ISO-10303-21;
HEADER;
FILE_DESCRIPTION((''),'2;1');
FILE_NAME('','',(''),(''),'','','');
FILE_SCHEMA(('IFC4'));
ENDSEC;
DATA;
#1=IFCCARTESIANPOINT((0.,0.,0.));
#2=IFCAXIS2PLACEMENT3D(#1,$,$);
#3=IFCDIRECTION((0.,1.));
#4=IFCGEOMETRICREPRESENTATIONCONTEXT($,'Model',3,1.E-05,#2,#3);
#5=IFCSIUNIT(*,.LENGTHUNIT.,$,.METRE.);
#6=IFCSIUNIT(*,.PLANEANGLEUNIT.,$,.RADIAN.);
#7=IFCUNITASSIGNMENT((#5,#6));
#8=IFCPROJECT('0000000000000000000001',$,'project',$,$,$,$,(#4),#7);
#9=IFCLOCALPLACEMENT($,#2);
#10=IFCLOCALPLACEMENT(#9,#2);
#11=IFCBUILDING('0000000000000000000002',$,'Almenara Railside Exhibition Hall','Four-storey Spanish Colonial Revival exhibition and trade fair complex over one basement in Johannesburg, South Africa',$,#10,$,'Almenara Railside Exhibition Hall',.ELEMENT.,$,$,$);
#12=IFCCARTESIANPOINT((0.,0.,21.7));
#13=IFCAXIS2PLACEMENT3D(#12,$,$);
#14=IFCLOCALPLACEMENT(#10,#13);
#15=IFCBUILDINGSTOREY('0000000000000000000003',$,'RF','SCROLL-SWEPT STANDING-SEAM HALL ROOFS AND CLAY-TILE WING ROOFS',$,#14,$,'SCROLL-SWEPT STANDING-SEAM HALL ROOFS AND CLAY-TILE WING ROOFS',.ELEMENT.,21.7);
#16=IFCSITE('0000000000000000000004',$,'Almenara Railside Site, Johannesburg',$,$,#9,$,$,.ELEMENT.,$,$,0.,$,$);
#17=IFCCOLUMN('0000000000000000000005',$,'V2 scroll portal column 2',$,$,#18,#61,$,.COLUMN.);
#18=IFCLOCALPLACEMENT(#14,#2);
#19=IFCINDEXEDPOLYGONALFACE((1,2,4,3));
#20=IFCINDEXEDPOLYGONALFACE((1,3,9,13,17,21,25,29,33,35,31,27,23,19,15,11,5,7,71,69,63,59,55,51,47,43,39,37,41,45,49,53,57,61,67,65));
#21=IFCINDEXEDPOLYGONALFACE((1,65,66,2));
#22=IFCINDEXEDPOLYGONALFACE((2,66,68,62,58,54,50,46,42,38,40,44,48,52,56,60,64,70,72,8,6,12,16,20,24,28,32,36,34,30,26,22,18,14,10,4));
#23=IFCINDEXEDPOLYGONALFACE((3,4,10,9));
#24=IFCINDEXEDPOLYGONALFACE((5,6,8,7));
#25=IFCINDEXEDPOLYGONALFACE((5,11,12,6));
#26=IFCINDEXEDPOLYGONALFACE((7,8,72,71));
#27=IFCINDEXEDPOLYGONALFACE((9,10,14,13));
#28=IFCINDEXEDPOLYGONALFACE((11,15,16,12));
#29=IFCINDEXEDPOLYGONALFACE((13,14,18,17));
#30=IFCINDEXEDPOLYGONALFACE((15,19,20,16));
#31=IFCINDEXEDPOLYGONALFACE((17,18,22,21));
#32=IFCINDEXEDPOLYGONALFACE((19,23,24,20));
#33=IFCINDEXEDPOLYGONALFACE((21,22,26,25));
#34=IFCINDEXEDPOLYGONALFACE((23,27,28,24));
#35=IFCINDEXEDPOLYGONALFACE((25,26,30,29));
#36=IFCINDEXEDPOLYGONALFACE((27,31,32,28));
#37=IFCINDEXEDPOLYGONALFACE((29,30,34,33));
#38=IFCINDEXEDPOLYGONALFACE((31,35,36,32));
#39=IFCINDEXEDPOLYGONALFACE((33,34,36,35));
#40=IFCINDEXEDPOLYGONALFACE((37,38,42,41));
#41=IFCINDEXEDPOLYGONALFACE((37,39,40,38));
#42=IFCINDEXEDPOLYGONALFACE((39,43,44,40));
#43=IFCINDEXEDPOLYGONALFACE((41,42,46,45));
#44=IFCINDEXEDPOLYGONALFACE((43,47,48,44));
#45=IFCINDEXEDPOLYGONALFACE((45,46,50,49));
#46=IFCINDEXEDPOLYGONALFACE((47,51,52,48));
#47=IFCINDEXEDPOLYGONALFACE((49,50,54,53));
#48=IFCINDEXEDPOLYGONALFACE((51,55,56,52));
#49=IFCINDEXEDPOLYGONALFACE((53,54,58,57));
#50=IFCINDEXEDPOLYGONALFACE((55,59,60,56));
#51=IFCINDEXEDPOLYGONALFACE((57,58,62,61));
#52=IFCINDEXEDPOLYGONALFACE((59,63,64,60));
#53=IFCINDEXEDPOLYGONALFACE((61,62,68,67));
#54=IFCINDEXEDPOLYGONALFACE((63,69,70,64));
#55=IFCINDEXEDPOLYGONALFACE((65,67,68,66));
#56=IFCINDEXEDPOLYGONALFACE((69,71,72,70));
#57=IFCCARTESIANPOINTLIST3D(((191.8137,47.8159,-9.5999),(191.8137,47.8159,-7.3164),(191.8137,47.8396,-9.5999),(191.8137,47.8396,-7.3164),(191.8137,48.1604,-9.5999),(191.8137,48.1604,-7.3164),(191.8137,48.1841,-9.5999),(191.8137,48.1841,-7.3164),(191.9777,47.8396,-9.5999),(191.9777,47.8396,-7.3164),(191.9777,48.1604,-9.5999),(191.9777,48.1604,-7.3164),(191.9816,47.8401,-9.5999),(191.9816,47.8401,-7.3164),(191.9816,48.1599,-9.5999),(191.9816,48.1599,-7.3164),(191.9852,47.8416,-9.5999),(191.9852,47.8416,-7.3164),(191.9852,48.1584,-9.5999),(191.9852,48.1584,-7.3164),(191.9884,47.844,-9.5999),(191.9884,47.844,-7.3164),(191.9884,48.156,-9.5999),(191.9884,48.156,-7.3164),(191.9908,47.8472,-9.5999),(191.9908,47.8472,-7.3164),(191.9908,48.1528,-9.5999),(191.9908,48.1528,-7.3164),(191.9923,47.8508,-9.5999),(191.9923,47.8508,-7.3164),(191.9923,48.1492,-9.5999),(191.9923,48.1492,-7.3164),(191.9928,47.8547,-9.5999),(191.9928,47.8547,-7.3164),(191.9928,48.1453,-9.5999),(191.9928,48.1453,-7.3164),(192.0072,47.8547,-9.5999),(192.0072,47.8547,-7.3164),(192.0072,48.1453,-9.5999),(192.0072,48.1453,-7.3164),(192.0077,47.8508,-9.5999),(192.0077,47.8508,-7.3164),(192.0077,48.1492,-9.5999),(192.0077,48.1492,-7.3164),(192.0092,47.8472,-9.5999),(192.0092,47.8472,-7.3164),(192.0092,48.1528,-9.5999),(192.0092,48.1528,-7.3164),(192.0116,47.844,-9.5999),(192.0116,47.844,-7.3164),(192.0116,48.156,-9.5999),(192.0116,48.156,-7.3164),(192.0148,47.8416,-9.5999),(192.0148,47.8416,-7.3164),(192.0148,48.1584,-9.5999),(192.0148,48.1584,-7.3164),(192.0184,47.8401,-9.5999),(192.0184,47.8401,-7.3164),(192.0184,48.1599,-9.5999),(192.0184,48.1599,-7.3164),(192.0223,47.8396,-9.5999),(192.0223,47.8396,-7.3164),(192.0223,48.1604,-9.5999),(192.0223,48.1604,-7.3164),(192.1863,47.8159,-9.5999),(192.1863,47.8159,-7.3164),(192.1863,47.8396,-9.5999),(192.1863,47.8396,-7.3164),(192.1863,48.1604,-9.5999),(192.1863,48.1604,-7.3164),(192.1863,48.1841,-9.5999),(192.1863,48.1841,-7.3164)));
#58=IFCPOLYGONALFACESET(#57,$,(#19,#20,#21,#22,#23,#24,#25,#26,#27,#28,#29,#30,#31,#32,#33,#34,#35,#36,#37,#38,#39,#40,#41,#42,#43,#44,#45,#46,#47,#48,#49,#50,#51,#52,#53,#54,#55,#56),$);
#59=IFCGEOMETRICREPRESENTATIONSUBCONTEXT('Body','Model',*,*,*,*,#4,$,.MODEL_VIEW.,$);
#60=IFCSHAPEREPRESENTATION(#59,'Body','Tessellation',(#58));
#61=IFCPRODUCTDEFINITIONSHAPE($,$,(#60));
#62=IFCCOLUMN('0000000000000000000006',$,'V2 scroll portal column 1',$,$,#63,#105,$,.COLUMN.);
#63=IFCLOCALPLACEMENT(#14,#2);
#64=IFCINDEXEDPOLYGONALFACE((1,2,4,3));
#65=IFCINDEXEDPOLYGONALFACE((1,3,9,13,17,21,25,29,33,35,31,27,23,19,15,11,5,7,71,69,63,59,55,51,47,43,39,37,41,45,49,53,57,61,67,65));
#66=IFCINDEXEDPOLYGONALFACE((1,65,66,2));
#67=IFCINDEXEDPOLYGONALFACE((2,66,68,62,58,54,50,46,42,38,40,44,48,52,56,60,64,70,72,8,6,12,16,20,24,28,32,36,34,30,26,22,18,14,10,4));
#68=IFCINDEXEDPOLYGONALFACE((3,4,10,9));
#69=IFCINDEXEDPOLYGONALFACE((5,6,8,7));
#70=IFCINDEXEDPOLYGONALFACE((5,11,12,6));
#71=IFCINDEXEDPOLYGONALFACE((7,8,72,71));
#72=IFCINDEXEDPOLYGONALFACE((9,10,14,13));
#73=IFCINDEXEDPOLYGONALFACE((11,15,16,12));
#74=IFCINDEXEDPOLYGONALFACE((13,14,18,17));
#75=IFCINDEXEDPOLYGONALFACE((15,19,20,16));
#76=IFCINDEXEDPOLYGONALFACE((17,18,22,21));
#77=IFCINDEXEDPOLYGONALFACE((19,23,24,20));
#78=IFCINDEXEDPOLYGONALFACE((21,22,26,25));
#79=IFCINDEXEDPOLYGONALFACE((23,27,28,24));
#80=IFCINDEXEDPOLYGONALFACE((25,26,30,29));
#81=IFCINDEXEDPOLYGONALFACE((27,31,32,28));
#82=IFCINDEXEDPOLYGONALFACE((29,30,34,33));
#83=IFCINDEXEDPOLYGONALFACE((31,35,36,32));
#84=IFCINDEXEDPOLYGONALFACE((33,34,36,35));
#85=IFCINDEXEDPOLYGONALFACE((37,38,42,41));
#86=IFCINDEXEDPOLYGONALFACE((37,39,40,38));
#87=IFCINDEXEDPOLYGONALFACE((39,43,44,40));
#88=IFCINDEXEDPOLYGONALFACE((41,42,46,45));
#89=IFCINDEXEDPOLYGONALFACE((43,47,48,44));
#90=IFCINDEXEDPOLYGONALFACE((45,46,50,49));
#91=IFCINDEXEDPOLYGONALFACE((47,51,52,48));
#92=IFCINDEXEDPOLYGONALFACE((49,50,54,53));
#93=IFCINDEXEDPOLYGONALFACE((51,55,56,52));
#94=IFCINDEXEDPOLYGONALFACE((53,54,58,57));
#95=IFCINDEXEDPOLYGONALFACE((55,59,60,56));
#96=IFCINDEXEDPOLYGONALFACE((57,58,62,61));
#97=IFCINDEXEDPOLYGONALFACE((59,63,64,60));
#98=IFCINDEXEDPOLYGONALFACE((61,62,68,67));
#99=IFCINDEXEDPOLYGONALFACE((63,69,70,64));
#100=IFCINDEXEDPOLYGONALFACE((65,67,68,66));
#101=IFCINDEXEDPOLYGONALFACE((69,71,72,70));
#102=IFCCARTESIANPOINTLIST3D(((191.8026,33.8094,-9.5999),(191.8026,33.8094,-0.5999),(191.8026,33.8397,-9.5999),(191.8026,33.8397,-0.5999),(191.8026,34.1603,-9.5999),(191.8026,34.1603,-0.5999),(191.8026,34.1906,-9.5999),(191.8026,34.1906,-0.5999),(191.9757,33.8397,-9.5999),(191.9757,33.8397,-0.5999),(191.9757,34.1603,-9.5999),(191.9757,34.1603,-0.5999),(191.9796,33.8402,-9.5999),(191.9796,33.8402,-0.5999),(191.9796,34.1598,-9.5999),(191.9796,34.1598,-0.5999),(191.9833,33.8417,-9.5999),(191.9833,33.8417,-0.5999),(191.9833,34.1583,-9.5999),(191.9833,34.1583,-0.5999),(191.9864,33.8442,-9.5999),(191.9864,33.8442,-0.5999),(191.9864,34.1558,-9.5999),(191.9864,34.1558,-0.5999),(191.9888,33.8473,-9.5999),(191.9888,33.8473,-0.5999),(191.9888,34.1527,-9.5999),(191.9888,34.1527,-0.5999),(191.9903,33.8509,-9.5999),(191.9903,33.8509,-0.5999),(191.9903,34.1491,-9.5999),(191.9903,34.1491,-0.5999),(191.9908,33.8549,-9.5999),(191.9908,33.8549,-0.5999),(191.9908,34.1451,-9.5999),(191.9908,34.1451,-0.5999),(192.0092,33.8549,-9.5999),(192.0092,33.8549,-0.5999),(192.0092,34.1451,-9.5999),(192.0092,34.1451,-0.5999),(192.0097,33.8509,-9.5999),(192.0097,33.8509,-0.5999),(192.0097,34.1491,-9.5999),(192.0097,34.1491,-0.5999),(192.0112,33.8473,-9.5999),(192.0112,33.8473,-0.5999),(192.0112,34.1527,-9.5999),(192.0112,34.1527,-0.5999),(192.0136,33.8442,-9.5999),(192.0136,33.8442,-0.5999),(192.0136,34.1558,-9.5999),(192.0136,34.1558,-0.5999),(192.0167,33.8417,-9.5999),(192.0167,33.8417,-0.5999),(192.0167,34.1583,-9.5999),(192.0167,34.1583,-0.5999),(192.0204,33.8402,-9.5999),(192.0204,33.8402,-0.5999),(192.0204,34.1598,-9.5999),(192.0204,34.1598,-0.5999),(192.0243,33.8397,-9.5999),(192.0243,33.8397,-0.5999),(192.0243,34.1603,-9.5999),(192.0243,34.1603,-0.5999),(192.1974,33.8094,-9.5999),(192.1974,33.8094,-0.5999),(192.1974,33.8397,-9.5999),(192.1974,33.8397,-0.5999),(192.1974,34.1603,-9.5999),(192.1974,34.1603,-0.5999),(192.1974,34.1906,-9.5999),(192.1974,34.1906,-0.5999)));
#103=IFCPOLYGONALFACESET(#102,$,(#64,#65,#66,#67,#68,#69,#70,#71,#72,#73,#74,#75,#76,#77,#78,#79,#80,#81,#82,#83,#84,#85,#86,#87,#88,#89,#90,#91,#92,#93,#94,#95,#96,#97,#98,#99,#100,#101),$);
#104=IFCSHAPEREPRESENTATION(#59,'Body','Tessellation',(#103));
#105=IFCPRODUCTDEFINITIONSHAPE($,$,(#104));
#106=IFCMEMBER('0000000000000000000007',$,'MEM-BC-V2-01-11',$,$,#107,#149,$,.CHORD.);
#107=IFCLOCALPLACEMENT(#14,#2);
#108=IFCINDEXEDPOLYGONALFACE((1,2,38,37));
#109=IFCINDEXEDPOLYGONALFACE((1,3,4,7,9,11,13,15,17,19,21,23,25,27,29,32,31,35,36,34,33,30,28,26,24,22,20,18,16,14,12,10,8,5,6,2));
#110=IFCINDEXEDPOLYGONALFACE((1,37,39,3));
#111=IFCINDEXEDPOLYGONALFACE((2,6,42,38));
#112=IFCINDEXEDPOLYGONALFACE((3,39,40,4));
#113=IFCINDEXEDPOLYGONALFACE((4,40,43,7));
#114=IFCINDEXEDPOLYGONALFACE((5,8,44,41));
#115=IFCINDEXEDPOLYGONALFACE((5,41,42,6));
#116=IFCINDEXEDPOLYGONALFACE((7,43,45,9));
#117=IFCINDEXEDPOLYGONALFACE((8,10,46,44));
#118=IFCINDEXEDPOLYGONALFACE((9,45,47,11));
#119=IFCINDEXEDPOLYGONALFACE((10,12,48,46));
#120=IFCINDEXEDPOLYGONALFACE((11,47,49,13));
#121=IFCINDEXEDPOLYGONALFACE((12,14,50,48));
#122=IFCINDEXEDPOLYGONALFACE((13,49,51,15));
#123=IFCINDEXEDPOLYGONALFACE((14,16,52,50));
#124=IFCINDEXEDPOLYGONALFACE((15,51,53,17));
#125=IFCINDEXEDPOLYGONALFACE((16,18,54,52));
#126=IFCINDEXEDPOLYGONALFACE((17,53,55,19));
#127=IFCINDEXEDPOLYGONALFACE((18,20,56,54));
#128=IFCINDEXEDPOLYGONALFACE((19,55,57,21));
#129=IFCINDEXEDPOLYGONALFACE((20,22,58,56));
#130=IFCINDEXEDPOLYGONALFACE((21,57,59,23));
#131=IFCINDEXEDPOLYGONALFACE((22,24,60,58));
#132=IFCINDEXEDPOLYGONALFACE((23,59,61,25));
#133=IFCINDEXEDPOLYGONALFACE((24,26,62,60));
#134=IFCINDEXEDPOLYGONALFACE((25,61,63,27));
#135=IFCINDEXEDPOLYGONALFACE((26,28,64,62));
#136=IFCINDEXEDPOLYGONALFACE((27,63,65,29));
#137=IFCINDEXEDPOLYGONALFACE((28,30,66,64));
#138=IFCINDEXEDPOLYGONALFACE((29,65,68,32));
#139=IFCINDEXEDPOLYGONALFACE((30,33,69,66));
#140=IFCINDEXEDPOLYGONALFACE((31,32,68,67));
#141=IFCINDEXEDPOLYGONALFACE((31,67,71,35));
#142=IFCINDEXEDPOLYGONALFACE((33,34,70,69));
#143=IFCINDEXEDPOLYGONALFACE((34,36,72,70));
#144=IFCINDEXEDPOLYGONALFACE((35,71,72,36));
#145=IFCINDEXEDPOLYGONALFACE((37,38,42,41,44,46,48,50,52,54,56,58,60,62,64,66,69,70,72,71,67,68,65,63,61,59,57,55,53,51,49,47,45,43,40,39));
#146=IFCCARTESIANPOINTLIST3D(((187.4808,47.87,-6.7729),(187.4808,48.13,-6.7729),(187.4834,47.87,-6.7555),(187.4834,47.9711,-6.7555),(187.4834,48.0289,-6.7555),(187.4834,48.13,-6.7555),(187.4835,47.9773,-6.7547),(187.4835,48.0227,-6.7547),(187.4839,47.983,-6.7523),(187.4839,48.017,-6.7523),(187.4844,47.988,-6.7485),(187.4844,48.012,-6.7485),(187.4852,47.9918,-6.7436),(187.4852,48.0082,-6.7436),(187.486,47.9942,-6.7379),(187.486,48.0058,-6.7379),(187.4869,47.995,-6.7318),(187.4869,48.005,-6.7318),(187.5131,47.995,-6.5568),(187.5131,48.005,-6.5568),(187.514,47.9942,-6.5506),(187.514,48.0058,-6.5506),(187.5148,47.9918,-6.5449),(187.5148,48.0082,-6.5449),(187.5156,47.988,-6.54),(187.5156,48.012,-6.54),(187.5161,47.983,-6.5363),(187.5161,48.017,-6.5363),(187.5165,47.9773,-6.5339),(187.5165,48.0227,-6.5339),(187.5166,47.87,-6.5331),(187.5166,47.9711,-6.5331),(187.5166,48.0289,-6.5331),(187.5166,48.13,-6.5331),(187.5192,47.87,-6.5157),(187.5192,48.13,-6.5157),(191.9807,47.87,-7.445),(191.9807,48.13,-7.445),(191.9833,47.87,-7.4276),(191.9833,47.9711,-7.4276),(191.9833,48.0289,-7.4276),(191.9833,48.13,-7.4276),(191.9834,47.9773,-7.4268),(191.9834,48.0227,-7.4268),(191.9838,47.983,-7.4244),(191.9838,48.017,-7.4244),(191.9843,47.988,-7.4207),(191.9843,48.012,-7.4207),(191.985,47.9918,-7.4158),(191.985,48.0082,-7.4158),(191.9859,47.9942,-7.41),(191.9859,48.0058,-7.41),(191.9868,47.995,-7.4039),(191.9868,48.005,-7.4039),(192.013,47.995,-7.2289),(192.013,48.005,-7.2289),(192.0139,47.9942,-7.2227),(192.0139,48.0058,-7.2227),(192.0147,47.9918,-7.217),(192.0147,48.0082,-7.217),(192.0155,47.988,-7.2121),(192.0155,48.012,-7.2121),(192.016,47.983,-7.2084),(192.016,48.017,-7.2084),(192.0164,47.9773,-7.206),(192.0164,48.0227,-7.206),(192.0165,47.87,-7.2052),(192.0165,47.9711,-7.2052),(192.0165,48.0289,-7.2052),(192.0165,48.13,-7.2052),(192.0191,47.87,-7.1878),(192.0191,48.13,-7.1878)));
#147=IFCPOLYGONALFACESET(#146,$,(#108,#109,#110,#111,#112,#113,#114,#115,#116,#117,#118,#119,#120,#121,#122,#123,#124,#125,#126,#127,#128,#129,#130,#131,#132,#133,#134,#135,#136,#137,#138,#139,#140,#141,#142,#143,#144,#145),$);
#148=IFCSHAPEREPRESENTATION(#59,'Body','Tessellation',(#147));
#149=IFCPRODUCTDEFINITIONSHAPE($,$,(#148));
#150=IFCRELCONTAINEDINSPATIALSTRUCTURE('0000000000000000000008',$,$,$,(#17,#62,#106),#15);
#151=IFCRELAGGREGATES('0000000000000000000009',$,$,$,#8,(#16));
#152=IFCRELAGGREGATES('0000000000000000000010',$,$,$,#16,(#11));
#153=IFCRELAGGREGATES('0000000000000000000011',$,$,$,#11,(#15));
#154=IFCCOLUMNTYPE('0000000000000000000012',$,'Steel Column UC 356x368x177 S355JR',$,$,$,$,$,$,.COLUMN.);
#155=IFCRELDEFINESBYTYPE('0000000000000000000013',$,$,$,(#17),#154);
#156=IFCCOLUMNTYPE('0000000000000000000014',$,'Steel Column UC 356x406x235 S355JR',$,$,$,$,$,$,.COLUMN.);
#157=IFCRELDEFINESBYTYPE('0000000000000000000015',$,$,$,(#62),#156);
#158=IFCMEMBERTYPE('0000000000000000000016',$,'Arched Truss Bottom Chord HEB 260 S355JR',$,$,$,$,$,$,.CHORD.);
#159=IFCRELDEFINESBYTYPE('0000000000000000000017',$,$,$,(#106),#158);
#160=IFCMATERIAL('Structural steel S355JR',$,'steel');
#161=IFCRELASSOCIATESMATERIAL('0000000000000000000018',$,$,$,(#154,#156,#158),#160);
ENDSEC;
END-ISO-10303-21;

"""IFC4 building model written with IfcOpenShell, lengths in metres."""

from ifc_helpers import new_model, si_unit, direction, frame, origin, origin_2d, place, context, subcontext, project, spatial, i_section, extrude, material, material_profile, profile_set, type_object, element, save


model = new_model("IFC4")

# Units and contexts
model_context = context("Model", 3, precision=1e-05, world=origin(), true_north=direction((0.0, 1.0)))
body_context = subcontext(model_context, "Body", "Model", "MODEL_VIEW")
ifc_project = project(units=[si_unit("LENGTHUNIT", "METRE"), si_unit("PLANEANGLEUNIT", "RADIAN")], contexts=[model_context])

# Site, building, storey
site_placement = place(None, origin())
site = spatial("IfcSite", under=ifc_project, at=site_placement, Name="Almenara Railside Site, Johannesburg", CompositionType="ELEMENT", RefElevation=0.0)
building_placement = place(site_placement, origin())
building = spatial("IfcBuilding", under=site, at=building_placement, Name="Almenara Railside Exhibition Hall", Description="Four-storey Spanish Colonial Revival exhibition and trade fair complex over one basement in Johannesburg, South Africa", LongName="Almenara Railside Exhibition Hall", CompositionType="ELEMENT")
storey_placement = place(building_placement, frame((0.0, 0.0, 21.7)))
storey = spatial("IfcBuildingStorey", under=building, at=storey_placement, Name="RF", Description="SCROLL-SWEPT STANDING-SEAM HALL ROOFS AND CLAY-TILE WING ROOFS", LongName="SCROLL-SWEPT STANDING-SEAM HALL ROOFS AND CLAY-TILE WING ROOFS", CompositionType="ELEMENT", Elevation=21.7)

# Columns
ifc_material_1 = material(Name="Structural steel S355JR", Category="steel")
ifc_material_profile_1 = material_profile(ifc_material_1, i_section(OverallWidth=0.3726, OverallDepth=0.3682, WebThickness=0.0144, FlangeThickness=0.0237, FilletRadius=0.0151, at=origin_2d()), Name="UC 356x368x177")
ifc_profile_set_1 = profile_set([ifc_material_profile_1], Name="Structural steel S355JR")
column_type_1 = type_object("IfcColumnType", Name="Steel Column UC 356x368x177 S355JR", PredefinedType="COLUMN", material=ifc_profile_set_1)
column_1_placement = place(storey_placement, frame((192.0, 48.0, -9.5999), z_axis=(0.0, 0.0, 1.0), x_axis=(1.0, 0.0, 0.0)))
element("IfcColumn", 1, at=column_1_placement, inside=storey, type_object=column_type_1, Name="V2 scroll portal column 2", PredefinedType="COLUMN", context=body_context, shape_type="SweptSolid", body=[
    extrude(i_section(OverallWidth=0.3726, OverallDepth=0.3682, WebThickness=0.0144, FlangeThickness=0.0237, FilletRadius=0.0151, at=origin_2d()), origin(), (0.0, 0.0, 1.0), 2.2834),
])
ifc_material_profile_2 = material_profile(ifc_material_1, i_section(OverallWidth=0.3948, OverallDepth=0.3811, WebThickness=0.0183, FlangeThickness=0.0303, FilletRadius=0.0151, at=origin_2d()), Name="UC 356x406x235")
ifc_profile_set_2 = profile_set([ifc_material_profile_2], Name="Structural steel S355JR")
column_type_2 = type_object("IfcColumnType", Name="Steel Column UC 356x406x235 S355JR", PredefinedType="COLUMN", material=ifc_profile_set_2)
column_2_placement = place(storey_placement, frame((192.0, 34.0, -9.5999), z_axis=(0.0, 0.0, 1.0), x_axis=(1.0, 0.0, 0.0)))
element("IfcColumn", 2, at=column_2_placement, inside=storey, type_object=column_type_2, Name="V2 scroll portal column 1", PredefinedType="COLUMN", context=body_context, shape_type="SweptSolid", body=[
    extrude(i_section(OverallWidth=0.3948, OverallDepth=0.3811, WebThickness=0.0183, FlangeThickness=0.0303, FilletRadius=0.0151, at=origin_2d()), origin(), (0.0, 0.0, 1.0), 9.0),
])

# Member
ifc_material_profile_3 = material_profile(ifc_material_1, i_section(OverallWidth=0.26, OverallDepth=0.26, WebThickness=0.01, FlangeThickness=0.0176, FilletRadius=0.0239, at=origin_2d()), Name="HEB 260")
ifc_profile_set_3 = profile_set([ifc_material_profile_3], Name="Structural steel S355JR")
member_type_1 = type_object("IfcMemberType", Name="Arched Truss Bottom Chord HEB 260 S355JR", PredefinedType="CHORD", material=ifc_profile_set_3)
member_1_placement = place(storey_placement, frame((187.5, 48.0, -6.6443), z_axis=(0.989029, 0.0, -0.147721), x_axis=(0.0, 1.0, 0.0)))
element("IfcMember", 3, at=member_1_placement, inside=storey, type_object=member_type_1, Name="MEM-BC-V2-01-11", PredefinedType="CHORD", context=body_context, shape_type="SweptSolid", body=[
    extrude(i_section(OverallWidth=0.26, OverallDepth=0.26, WebThickness=0.01, FlangeThickness=0.0176, FilletRadius=0.0239, at=origin_2d()), origin(), (0.0, 0.0, 1.0), 4.5498),
])

save(model, "model.ifc")
